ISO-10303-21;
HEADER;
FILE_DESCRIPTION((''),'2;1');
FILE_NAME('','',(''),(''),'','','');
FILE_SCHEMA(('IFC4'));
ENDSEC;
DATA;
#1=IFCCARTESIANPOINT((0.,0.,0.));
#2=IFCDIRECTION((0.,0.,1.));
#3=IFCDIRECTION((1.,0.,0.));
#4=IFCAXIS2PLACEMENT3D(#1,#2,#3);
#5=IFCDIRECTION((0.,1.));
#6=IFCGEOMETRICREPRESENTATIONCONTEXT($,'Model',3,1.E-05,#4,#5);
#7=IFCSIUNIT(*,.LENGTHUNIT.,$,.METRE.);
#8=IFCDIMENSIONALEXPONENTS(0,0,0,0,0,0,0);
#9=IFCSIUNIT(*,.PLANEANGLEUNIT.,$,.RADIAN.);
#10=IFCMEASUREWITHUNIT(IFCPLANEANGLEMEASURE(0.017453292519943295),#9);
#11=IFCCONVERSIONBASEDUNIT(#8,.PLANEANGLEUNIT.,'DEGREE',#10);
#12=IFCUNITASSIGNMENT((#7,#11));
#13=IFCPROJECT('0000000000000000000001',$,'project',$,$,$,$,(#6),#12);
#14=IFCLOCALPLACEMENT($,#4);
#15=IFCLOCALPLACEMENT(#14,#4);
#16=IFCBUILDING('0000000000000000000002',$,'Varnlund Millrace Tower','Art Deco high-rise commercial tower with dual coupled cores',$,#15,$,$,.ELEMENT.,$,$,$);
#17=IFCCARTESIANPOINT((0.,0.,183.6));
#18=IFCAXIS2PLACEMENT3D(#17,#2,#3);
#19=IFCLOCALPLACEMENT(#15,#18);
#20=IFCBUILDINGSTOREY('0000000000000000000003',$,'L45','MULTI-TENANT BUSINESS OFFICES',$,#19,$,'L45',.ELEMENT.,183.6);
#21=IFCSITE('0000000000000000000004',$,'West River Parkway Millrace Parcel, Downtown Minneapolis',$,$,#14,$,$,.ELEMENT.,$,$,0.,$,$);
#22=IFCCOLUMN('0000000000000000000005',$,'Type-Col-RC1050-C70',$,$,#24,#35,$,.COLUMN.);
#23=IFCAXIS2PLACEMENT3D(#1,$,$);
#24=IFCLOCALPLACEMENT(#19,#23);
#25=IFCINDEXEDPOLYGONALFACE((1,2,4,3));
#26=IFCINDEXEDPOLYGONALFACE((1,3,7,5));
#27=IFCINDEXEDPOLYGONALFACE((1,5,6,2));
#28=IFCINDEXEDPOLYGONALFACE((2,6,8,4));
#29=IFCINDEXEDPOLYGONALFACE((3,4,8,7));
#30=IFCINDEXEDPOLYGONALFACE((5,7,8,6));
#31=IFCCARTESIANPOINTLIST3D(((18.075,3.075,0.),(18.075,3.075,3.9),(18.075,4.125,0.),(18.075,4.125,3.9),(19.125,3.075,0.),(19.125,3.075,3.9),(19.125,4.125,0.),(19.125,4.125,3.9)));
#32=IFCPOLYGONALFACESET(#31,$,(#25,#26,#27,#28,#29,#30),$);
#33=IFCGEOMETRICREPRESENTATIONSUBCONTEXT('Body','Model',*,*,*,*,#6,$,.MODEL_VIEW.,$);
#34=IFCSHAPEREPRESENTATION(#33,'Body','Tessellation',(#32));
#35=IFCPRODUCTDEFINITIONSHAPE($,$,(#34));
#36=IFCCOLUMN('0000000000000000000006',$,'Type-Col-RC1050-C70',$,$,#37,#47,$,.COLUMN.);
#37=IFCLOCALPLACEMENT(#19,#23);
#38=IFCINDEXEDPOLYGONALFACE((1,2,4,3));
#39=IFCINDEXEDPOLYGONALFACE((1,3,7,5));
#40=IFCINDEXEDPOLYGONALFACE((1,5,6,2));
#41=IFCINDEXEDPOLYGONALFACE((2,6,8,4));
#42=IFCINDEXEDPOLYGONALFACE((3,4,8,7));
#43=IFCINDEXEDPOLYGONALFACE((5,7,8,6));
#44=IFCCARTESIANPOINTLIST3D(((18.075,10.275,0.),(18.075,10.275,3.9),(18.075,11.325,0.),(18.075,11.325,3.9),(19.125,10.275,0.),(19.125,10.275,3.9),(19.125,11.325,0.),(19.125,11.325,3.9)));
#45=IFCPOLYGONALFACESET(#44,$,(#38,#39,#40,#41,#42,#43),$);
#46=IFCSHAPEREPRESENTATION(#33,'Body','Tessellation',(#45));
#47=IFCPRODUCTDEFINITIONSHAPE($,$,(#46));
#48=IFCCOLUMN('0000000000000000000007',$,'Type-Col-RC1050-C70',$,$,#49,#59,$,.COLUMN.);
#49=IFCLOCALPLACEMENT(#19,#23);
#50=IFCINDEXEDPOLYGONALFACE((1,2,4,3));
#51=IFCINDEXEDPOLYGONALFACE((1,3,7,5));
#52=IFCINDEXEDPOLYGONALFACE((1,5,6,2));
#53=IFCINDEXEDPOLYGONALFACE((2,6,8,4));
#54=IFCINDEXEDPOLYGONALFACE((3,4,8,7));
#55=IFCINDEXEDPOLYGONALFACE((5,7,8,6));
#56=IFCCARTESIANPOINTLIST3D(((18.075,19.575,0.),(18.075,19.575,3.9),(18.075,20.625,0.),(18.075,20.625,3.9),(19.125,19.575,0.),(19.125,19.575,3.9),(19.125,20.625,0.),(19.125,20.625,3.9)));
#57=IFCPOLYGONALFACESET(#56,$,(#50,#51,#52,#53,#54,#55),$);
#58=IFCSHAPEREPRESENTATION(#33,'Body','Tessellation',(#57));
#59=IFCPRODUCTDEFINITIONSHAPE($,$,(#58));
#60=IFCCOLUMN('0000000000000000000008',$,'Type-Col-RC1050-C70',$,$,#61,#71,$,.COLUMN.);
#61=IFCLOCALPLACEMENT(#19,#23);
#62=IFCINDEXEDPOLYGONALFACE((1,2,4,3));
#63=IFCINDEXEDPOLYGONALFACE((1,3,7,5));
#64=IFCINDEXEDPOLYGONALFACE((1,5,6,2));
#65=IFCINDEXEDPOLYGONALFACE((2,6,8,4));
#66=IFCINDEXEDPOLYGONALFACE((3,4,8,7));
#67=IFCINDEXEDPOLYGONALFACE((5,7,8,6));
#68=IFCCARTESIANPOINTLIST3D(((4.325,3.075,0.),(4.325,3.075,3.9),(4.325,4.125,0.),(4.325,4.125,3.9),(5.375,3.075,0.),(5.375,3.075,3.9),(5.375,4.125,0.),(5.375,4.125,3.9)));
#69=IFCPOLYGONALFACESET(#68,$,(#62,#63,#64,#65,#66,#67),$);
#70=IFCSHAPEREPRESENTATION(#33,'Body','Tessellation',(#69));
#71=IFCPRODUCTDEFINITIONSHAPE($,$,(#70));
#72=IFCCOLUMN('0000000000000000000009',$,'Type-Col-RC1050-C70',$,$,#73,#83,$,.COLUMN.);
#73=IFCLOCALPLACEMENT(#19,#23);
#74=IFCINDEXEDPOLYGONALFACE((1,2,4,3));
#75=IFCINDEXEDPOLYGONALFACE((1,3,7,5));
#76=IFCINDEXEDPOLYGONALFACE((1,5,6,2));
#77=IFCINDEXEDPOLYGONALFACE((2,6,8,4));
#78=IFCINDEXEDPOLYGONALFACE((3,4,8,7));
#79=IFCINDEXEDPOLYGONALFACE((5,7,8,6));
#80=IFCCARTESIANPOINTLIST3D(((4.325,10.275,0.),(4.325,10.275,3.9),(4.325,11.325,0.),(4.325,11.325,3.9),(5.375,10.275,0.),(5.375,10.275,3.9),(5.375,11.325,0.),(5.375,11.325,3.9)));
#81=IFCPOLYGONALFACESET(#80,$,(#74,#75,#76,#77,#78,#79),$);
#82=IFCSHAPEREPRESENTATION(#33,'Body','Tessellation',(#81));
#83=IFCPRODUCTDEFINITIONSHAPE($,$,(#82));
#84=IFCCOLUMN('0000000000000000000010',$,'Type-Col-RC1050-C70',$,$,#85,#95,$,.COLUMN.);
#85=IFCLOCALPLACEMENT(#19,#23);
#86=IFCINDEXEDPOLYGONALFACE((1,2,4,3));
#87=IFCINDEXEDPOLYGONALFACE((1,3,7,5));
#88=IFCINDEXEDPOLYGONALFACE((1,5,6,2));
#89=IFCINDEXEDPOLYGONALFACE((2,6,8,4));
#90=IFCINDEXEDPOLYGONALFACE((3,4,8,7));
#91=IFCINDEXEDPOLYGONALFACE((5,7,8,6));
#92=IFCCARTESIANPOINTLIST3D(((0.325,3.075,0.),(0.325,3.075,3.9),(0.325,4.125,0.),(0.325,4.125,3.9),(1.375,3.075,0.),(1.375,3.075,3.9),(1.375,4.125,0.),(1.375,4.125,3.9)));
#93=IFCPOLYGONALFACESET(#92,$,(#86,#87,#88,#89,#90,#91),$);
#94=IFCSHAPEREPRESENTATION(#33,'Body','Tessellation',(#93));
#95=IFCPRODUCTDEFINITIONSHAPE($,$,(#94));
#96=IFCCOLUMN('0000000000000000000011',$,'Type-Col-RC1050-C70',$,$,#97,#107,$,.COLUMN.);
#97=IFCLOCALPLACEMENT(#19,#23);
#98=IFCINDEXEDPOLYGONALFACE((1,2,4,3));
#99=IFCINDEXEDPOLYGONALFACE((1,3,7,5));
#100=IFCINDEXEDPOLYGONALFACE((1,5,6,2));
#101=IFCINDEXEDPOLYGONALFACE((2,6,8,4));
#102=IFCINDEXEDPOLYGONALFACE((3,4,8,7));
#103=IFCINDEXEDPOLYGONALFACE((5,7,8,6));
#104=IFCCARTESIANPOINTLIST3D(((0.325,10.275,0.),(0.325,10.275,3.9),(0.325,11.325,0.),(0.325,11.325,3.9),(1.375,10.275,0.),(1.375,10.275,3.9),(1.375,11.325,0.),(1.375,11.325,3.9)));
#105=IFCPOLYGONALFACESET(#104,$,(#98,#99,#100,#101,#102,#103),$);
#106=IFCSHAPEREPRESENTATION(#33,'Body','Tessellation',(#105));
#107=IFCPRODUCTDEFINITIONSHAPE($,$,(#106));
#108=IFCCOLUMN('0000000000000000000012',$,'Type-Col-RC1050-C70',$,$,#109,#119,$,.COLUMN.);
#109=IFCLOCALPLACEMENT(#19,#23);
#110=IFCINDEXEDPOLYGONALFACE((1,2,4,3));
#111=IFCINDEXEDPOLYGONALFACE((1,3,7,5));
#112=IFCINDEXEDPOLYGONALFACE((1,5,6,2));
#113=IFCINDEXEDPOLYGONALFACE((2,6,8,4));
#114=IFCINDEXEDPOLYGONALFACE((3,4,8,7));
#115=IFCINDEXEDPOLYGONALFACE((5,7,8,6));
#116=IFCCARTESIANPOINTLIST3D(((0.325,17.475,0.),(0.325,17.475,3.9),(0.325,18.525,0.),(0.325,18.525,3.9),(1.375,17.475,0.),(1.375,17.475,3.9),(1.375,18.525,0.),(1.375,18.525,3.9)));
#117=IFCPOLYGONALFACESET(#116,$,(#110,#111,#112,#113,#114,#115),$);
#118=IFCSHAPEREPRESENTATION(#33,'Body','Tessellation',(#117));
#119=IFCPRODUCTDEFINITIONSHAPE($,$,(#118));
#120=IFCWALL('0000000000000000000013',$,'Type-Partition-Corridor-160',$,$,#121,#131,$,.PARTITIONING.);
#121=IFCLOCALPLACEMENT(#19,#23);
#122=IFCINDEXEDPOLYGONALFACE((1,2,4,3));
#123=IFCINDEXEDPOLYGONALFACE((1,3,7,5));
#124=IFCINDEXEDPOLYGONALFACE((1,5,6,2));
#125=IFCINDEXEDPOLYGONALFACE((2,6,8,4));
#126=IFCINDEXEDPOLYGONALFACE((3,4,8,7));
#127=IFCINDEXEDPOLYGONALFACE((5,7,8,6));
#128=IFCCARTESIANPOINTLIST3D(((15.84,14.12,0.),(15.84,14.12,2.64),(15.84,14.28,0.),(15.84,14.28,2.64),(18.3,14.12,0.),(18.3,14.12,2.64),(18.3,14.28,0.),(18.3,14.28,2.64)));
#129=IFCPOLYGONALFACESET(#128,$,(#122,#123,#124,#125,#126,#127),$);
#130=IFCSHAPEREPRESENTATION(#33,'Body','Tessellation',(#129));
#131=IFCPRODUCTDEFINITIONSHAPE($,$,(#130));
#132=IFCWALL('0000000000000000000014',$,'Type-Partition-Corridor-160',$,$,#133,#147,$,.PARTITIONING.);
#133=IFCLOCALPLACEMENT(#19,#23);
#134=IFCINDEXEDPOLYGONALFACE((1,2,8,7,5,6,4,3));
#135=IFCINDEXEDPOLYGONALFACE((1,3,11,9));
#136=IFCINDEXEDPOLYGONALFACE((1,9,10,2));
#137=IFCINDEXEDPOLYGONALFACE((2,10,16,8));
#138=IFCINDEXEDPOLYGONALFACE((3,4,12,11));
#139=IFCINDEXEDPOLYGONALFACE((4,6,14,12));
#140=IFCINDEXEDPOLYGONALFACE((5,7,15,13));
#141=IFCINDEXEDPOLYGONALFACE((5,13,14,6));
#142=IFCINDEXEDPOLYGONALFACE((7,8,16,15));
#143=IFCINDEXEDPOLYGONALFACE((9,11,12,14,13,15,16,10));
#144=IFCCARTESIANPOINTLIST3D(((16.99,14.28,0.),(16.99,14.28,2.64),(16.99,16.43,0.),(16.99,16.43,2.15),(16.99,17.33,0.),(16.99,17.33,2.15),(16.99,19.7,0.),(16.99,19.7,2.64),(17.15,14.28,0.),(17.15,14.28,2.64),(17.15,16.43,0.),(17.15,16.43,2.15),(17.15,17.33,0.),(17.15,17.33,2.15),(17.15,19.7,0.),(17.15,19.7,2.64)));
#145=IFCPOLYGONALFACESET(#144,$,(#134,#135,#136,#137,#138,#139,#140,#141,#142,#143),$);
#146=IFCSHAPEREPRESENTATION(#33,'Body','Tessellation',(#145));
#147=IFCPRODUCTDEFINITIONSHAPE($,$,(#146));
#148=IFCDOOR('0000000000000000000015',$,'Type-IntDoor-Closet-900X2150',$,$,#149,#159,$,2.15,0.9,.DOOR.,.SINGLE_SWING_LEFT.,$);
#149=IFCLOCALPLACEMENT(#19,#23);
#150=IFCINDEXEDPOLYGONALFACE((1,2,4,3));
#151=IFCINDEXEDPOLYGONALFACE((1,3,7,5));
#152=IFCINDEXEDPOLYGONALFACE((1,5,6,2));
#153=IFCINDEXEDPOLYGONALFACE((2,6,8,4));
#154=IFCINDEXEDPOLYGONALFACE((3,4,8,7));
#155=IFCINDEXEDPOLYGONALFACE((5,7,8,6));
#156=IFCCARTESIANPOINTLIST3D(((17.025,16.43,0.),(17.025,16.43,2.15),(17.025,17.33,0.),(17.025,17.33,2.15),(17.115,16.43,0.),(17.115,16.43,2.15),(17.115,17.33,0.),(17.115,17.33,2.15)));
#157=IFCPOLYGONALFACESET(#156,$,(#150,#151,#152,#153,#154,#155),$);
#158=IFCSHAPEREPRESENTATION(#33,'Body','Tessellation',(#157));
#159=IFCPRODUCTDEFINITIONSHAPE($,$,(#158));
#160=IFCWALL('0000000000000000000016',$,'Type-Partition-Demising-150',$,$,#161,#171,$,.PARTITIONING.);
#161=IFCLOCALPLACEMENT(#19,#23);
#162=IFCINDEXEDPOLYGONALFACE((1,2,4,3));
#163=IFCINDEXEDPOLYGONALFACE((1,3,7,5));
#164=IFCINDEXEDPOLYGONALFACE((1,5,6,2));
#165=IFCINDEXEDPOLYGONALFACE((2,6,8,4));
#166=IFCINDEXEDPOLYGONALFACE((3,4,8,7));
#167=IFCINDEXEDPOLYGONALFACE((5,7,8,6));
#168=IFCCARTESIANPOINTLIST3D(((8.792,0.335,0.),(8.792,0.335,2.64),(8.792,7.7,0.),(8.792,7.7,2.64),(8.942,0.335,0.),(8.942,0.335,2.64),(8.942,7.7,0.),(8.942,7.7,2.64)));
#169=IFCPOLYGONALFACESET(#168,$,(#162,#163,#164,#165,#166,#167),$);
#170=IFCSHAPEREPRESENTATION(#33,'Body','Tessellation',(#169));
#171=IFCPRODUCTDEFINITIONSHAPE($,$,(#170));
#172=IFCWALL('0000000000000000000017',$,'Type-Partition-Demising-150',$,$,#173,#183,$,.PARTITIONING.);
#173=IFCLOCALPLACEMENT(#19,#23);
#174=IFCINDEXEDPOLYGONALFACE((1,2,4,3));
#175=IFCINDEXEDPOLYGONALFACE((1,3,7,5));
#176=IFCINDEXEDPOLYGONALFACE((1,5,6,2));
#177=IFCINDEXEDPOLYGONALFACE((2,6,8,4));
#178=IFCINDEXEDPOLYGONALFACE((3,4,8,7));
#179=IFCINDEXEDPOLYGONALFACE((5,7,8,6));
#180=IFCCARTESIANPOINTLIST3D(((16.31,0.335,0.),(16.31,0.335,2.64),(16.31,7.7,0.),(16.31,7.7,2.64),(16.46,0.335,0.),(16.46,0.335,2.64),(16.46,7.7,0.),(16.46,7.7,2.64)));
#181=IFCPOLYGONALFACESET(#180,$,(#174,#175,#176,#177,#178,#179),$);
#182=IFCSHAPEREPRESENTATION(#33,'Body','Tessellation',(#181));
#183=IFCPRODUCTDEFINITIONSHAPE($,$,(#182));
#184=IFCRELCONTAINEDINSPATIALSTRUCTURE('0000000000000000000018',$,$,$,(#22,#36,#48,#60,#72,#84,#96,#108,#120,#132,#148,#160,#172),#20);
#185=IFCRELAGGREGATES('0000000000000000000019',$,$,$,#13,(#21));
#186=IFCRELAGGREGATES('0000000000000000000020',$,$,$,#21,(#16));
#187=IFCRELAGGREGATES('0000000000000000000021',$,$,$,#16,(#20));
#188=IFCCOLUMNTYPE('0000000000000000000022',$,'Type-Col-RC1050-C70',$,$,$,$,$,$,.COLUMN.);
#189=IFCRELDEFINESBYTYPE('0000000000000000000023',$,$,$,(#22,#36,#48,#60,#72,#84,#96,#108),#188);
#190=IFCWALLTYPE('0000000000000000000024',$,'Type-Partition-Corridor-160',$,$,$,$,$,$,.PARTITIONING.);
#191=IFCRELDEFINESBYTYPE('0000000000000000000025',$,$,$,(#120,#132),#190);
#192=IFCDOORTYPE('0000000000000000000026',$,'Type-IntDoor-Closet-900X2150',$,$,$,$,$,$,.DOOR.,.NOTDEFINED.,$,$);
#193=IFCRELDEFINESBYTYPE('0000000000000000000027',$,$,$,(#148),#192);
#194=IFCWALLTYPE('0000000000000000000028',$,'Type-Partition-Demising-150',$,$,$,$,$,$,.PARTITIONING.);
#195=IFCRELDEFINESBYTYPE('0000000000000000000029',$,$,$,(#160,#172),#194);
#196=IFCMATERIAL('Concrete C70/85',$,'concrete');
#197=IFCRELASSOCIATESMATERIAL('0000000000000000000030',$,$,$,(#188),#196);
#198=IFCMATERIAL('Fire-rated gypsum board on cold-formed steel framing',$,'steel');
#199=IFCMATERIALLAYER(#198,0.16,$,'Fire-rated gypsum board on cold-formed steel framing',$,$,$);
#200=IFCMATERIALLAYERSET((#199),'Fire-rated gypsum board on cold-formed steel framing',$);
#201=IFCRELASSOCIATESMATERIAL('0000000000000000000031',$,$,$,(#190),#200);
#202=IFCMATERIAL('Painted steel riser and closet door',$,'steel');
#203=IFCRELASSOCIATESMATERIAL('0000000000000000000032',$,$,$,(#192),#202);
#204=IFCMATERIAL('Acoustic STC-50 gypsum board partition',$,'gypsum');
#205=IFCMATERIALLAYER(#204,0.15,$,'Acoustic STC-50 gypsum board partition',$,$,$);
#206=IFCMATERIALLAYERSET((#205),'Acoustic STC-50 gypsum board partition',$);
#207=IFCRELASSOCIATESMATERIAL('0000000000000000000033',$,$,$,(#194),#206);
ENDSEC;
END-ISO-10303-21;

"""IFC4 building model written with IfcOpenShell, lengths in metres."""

from ifc_helpers import new_model, entity, si_unit, converted_unit, direction, frame, origin_with_axes, origin_2d_with_axis, place, context, subcontext, project, spatial, polyline, rectangle, outline, extrude, material, layer, layer_set, material_profile, profile_set, type_object, element, fill, save


model = new_model("IFC4")

# Units and contexts
model_context = context("Model", 3, precision=1e-05, world=origin_with_axes(), true_north=direction((0.0, 1.0)))
body_context = subcontext(model_context, "Body", "Model", "MODEL_VIEW")
ifc_project = project(units=[si_unit("LENGTHUNIT", "METRE"), converted_unit("PLANEANGLEUNIT", "DEGREE", entity("IfcPlaneAngleMeasure", 0.017453292519943295), si_unit("PLANEANGLEUNIT", "RADIAN"), dimensions=[0, 0, 0, 0, 0, 0, 0])], contexts=[model_context])

# Site, building, storey
site_placement = place(None, origin_with_axes())
site = spatial("IfcSite", under=ifc_project, at=site_placement, Name="West River Parkway Millrace Parcel, Downtown Minneapolis", CompositionType="ELEMENT", RefElevation=0.0)
building_placement = place(site_placement, origin_with_axes())
building = spatial("IfcBuilding", under=site, at=building_placement, Name="Varnlund Millrace Tower", Description="Art Deco high-rise commercial tower with dual coupled cores", CompositionType="ELEMENT")
storey_placement = place(building_placement, frame((0.0, 0.0, 183.6), z_axis=(0.0, 0.0, 1.0), x_axis=(1.0, 0.0, 0.0)))
storey = spatial("IfcBuildingStorey", under=building, at=storey_placement, Name="L45", Description="MULTI-TENANT BUSINESS OFFICES", LongName="L45", CompositionType="ELEMENT", Elevation=183.6)

# Columns
ifc_material_1 = material(Name="Concrete C70/85", Category="concrete")
ifc_material_profile = material_profile(ifc_material_1, rectangle(XDim=1.05, YDim=1.05, at=origin_2d_with_axis()), Name="Concrete C70/85")
ifc_profile_set = profile_set([ifc_material_profile], Name="Concrete C70/85")
column_type = type_object("IfcColumnType", Name="Type-Col-RC1050-C70", PredefinedType="COLUMN", material=ifc_profile_set)
for number, where, z_axis, x_axis, name in (
    (1, (18.6, 3.6, 0.0), (0.0, 0.0, 1.0), (1.0, 0.0, 0.0), "Type-Col-RC1050-C70"),
    (2, (18.6, 10.8, 0.0), (0.0, 0.0, 1.0), (1.0, 0.0, 0.0), "Type-Col-RC1050-C70"),
    (3, (18.6, 20.1, 0.0), (0.0, 0.0, 1.0), (1.0, 0.0, 0.0), "Type-Col-RC1050-C70"),
    (4, (4.85, 3.6, 0.0), (0.0, 0.0, 1.0), (1.0, 0.0, 0.0), "Type-Col-RC1050-C70"),
    (5, (4.85, 10.8, 0.0), (0.0, 0.0, 1.0), (1.0, 0.0, 0.0), "Type-Col-RC1050-C70"),
    (6, (0.85, 3.6, 0.0), (0.0, 0.0, 1.0), (1.0, 0.0, 0.0), "Type-Col-RC1050-C70"),
    (7, (0.85, 10.8, 0.0), (0.0, 0.0, 1.0), (1.0, 0.0, 0.0), "Type-Col-RC1050-C70"),
    (8, (0.85, 18.0, 0.0), (0.0, 0.0, 1.0), (1.0, 0.0, 0.0), "Type-Col-RC1050-C70"),
):
    element("IfcColumn", number, at=place(storey_placement, frame(where, z_axis=z_axis, x_axis=x_axis)), inside=storey, type_object=column_type, Name=name, PredefinedType="COLUMN", context=body_context, shape_type="SweptSolid", body=[
        extrude(rectangle(XDim=1.05, YDim=1.05, at=origin_2d_with_axis()), origin_with_axes(), (0.0, 0.0, 1.0), 3.9),
    ])

# Wall
ifc_material_2 = material(Name="Fire-rated gypsum board on cold-formed steel framing", Category="steel")
ifc_layer_1 = layer(ifc_material_2, 0.16, Name="Fire-rated gypsum board on cold-formed steel framing")
ifc_layer_set_1 = layer_set([ifc_layer_1], Name="Fire-rated gypsum board on cold-formed steel framing")
wall_type_1 = type_object("IfcWallType", Name="Type-Partition-Corridor-160", PredefinedType="PARTITIONING", material=ifc_layer_set_1)
wall_1_placement = place(storey_placement, frame((15.84, 14.2, 0.0), z_axis=(0.0, 0.0, 1.0), x_axis=(1.0, 0.0, 0.0)))
element("IfcWall", 9, at=wall_1_placement, inside=storey, type_object=wall_type_1, Name="Type-Partition-Corridor-160", PredefinedType="PARTITIONING", context=body_context, shape_type="SweptSolid", body=[
    extrude(outline(polyline([(0.0, -0.08), (2.46, -0.08), (2.46, 0.08), (0.0, 0.08), (0.0, -0.08)])), origin_with_axes(), (0.0, 0.0, 1.0), 2.64),
])

# Wall, opening, door
wall_2_placement = place(storey_placement, frame((17.07, 14.28, 0.0), z_axis=(0.0, 0.0, 1.0), x_axis=(0.0, 1.0, 0.0)))
wall_2 = element("IfcWall", 10, at=wall_2_placement, inside=storey, type_object=wall_type_1, Name="Type-Partition-Corridor-160", PredefinedType="PARTITIONING", context=body_context, shape_type="SweptSolid", body=[
    extrude(outline(polyline([(0.0, -0.08), (5.42, -0.08), (5.42, 0.08), (0.0, 0.08), (0.0, -0.08)])), origin_with_axes(), (0.0, 0.0, 1.0), 2.64),
])
opening_1_placement = place(wall_2_placement, frame((2.6, 0.0, 0.0), z_axis=(0.0, 0.0, 1.0), x_axis=(1.0, 0.0, 0.0)))
opening_1 = element("IfcOpeningElement", 11, at=opening_1_placement, cuts=wall_2, PredefinedType="OPENING", context=body_context, shape_type="SweptSolid", body=[
    extrude(rectangle(XDim=0.9, YDim=0.18, at=origin_2d_with_axis()), origin_with_axes(), (0.0, 0.0, 1.0), 2.15),
])
ifc_material_3 = material(Name="Painted steel riser and closet door", Category="steel")
door_type_1 = type_object("IfcDoorType", Name="Type-IntDoor-Closet-900X2150", OperationType="NOTDEFINED", PredefinedType="DOOR", material=ifc_material_3)
door_1_placement = place(wall_2_placement, frame((2.6, 0.0, 0.0), z_axis=(0.0, 0.0, 1.0), x_axis=(1.0, 0.0, 0.0)))
door_1 = element("IfcDoor", 12, at=door_1_placement, inside=storey, type_object=door_type_1, Name="Type-IntDoor-Closet-900X2150", OperationType="SINGLE_SWING_LEFT", OverallHeight=2.15, OverallWidth=0.9, PredefinedType="DOOR", context=body_context, shape_type="SweptSolid", body=[
    extrude(rectangle(XDim=0.9, YDim=0.09, at=origin_2d_with_axis()), origin_with_axes(), (0.0, 0.0, 1.0), 2.15),
])
fill(opening_1, door_1)

# Walls
ifc_material_4 = material(Name="Acoustic STC-50 gypsum board partition", Category="gypsum")
ifc_layer_2 = layer(ifc_material_4, 0.15, Name="Acoustic STC-50 gypsum board partition")
ifc_layer_set_2 = layer_set([ifc_layer_2], Name="Acoustic STC-50 gypsum board partition")
wall_type_2 = type_object("IfcWallType", Name="Type-Partition-Demising-150", PredefinedType="PARTITIONING", material=ifc_layer_set_2)
for number, where, z_axis, x_axis, name in (
    (13, (8.867, 0.335, 0.0), (0.0, 0.0, 1.0), (0.0, 1.0, 0.0), "Type-Partition-Demising-150"),
    (14, (16.385, 0.335, 0.0), (0.0, 0.0, 1.0), (0.0, 1.0, 0.0), "Type-Partition-Demising-150"),
):
    element("IfcWall", number, at=place(storey_placement, frame(where, z_axis=z_axis, x_axis=x_axis)), inside=storey, type_object=wall_type_2, Name=name, PredefinedType="PARTITIONING", context=body_context, shape_type="SweptSolid", body=[
        extrude(outline(polyline([(0.0, -0.075), (7.365, -0.075), (7.365, 0.075), (0.0, 0.075), (0.0, -0.075)])), origin_with_axes(), (0.0, 0.0, 1.0), 2.64),
    ])

save(model, "model.ifc")
